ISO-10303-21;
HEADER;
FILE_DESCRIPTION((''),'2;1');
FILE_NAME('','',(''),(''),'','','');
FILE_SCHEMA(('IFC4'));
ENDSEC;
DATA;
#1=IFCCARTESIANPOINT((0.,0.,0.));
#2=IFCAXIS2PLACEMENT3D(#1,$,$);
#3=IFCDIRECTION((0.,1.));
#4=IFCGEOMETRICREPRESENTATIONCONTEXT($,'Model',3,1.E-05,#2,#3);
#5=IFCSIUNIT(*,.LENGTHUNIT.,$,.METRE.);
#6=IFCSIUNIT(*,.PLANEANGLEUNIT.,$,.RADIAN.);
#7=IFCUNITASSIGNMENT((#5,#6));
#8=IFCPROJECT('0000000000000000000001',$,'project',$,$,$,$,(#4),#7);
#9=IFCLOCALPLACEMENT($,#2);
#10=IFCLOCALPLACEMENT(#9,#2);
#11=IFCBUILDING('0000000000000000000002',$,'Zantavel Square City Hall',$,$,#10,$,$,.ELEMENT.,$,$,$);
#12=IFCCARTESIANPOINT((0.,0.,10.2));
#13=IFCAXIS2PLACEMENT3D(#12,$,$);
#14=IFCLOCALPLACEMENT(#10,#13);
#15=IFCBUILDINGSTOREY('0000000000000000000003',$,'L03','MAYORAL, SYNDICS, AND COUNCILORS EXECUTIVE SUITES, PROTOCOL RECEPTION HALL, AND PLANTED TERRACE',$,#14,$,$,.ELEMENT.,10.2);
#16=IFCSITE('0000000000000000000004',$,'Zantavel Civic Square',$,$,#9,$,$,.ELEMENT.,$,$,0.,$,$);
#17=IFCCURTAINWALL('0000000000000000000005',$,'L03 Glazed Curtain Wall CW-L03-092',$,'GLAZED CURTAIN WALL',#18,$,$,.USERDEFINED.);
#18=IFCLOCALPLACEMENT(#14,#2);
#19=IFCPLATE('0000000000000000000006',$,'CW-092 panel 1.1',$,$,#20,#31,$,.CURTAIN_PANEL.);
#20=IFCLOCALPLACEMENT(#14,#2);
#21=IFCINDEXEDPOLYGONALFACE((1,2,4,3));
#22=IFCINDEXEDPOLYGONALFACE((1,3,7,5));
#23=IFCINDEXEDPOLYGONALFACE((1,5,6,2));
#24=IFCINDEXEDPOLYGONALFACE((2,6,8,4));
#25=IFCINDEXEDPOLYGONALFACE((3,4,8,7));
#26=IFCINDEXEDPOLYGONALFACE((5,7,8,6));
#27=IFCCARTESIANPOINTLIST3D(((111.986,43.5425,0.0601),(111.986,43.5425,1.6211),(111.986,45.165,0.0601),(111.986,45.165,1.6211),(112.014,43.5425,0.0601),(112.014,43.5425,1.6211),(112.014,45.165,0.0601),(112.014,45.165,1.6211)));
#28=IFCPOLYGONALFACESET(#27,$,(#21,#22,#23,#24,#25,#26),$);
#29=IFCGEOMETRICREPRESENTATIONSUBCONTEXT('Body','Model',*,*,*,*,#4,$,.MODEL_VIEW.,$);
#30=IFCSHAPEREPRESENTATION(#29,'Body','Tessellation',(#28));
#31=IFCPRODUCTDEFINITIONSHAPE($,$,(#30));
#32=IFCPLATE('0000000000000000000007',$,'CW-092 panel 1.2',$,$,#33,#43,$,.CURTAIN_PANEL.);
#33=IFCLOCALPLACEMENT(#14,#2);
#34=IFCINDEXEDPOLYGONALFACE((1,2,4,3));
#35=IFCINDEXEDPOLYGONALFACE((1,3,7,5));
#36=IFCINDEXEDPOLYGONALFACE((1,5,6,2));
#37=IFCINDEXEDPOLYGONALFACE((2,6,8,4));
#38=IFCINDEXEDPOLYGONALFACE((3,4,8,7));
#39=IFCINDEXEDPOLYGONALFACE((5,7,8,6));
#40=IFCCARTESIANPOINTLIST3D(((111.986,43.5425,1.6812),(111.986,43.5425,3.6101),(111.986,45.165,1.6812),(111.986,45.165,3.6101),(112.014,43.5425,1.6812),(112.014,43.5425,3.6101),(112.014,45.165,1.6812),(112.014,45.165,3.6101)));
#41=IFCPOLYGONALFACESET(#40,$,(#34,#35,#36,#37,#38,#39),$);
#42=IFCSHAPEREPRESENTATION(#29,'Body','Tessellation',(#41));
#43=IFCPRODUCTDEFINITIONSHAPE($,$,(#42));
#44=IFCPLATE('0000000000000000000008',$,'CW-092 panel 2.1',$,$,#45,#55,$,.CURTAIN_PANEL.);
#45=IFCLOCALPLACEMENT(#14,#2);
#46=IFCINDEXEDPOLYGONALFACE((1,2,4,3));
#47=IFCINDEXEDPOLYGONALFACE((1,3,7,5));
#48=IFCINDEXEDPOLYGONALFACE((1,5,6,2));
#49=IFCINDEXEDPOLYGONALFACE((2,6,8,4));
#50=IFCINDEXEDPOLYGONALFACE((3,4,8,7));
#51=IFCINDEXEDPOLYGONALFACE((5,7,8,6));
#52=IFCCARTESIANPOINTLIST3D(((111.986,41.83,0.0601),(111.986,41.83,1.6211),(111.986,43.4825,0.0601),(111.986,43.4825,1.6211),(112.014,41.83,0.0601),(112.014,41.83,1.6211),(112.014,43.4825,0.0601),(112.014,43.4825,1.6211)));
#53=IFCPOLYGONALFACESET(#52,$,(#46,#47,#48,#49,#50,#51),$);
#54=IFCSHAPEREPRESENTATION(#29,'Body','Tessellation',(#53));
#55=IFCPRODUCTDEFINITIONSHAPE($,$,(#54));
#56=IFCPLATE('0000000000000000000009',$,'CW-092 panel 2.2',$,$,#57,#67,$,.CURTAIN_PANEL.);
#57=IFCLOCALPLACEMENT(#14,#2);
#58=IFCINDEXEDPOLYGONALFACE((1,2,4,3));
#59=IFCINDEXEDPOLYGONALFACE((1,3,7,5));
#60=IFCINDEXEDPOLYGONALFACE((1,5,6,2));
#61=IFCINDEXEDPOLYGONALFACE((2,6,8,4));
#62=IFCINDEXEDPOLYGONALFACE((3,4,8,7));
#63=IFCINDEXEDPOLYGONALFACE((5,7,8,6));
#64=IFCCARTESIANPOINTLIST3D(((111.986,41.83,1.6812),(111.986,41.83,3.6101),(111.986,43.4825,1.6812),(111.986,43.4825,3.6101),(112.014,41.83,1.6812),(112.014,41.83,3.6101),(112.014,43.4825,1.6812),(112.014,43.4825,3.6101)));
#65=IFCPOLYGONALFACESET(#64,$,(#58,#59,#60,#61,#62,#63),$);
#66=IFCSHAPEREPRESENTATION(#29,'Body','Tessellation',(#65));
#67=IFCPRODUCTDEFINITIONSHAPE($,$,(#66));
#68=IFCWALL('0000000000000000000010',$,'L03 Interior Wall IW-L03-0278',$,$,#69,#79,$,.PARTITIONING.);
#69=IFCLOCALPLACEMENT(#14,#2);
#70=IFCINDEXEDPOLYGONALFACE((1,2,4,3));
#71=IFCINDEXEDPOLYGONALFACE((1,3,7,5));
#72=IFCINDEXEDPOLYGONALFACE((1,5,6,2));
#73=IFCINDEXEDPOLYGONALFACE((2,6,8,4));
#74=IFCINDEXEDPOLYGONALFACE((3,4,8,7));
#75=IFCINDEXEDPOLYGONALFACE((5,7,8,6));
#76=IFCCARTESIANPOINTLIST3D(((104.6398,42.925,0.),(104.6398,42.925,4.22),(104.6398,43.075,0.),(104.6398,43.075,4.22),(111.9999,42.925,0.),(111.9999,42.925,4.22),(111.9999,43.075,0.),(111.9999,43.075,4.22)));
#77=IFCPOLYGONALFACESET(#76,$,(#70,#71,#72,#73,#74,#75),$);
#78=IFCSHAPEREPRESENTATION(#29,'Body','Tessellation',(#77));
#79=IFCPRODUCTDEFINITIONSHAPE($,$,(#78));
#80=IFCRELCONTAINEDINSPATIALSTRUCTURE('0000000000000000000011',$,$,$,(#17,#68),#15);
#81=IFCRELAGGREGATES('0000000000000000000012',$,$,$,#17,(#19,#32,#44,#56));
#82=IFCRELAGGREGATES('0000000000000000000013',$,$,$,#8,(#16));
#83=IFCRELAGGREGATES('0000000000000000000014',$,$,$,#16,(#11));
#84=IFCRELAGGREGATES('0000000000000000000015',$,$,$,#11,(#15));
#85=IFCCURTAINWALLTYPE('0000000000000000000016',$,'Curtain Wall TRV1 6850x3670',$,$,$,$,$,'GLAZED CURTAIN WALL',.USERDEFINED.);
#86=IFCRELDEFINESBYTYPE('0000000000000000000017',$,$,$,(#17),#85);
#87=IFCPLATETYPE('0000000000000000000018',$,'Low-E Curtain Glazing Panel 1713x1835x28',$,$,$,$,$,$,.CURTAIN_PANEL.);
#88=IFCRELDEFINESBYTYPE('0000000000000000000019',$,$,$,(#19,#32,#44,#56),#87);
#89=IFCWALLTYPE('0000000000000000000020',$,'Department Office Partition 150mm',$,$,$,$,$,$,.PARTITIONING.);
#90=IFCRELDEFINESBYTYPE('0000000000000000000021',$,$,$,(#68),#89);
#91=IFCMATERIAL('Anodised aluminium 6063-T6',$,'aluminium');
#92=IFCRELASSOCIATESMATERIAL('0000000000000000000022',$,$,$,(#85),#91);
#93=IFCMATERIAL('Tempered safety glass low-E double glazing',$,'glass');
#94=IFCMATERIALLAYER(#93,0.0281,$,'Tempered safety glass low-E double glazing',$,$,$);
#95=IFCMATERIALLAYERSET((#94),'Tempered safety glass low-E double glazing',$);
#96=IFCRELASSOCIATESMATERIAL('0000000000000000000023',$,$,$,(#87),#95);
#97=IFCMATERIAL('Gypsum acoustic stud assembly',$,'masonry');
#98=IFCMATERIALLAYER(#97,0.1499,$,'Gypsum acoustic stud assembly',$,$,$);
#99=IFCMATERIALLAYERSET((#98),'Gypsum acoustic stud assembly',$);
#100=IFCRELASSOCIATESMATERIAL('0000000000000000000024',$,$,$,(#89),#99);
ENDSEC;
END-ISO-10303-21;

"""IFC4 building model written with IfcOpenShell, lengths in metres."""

from ifc_helpers import new_model, si_unit, direction, frame, frame_2d, origin, origin_2d, place, context, subcontext, project, spatial, rectangle, extrude, material, layer, layer_set, type_object, element, aggregate, save


model = new_model("IFC4")

# Units and contexts
model_context = context("Model", 3, precision=1e-05, world=origin(), true_north=direction((0.0, 1.0)))
body_context = subcontext(model_context, "Body", "Model", "MODEL_VIEW")
ifc_project = project(units=[si_unit("LENGTHUNIT", "METRE"), si_unit("PLANEANGLEUNIT", "RADIAN")], contexts=[model_context])

# Site, building, storey
site_placement = place(None, origin())
site = spatial("IfcSite", under=ifc_project, at=site_placement, Name="Zantavel Civic Square", CompositionType="ELEMENT", RefElevation=0.0)
building_placement = place(site_placement, origin())
building = spatial("IfcBuilding", under=site, at=building_placement, Name="Zantavel Square City Hall", CompositionType="ELEMENT")
storey_placement = place(building_placement, frame((0.0, 0.0, 10.2)))
storey = spatial("IfcBuildingStorey", under=building, at=storey_placement, Name="L03", Description="MAYORAL, SYNDICS, AND COUNCILORS EXECUTIVE SUITES, PROTOCOL RECEPTION HALL, AND PLANTED TERRACE", CompositionType="ELEMENT", Elevation=10.2)

# Curtain wall
ifc_material_1 = material(Name="Anodised aluminium 6063-T6", Category="aluminium")
curtain_wall_type = type_object("IfcCurtainWallType", Name="Curtain Wall TRV1 6850x3670", ElementType="GLAZED CURTAIN WALL", PredefinedType="USERDEFINED", material=ifc_material_1)
curtain_wall_placement = place(storey_placement, origin())
curtain_wall = element("IfcCurtainWall", 1, at=curtain_wall_placement, inside=storey, type_object=curtain_wall_type, Name="L03 Glazed Curtain Wall CW-L03-092", ObjectType="GLAZED CURTAIN WALL", PredefinedType="USERDEFINED")

# Plates
ifc_material_2 = material(Name="Tempered safety glass low-E double glazing", Category="glass")
ifc_layer_1 = layer(ifc_material_2, 0.0281, Name="Tempered safety glass low-E double glazing")
ifc_layer_set_1 = layer_set([ifc_layer_1], Name="Tempered safety glass low-E double glazing")
plate_type_1 = type_object("IfcPlateType", Name="Low-E Curtain Glazing Panel 1713x1835x28", PredefinedType="CURTAIN_PANEL", material=ifc_layer_set_1)
plate_1_placement = place(storey_placement, frame((112.0, 44.3538, 0.0601), z_axis=(0.0, 0.0, 1.0), x_axis=(0.0, -1.0, 0.0)))
plate_1 = element("IfcPlate", 2, at=plate_1_placement, type_object=plate_type_1, Name="CW-092 panel 1.1", PredefinedType="CURTAIN_PANEL", context=body_context, shape_type="SweptSolid", body=[
    extrude(rectangle(XDim=1.6226, YDim=0.0281, at=origin_2d()), origin(), (0.0, 0.0, 1.0), 1.561),
])
plate_2_placement = place(storey_placement, frame((112.0, 44.3538, 1.6812), z_axis=(0.0, 0.0, 1.0), x_axis=(0.0, -1.0, 0.0)))
plate_2 = element("IfcPlate", 3, at=plate_2_placement, type_object=plate_type_1, Name="CW-092 panel 1.2", PredefinedType="CURTAIN_PANEL", context=body_context, shape_type="SweptSolid", body=[
    extrude(rectangle(XDim=1.6226, YDim=0.0281, at=origin_2d()), origin(), (0.0, 0.0, 1.0), 1.929),
])
plate_3_placement = place(storey_placement, frame((112.0, 42.6562, 0.0601), z_axis=(0.0, 0.0, 1.0), x_axis=(0.0, -1.0, 0.0)))
plate_3 = element("IfcPlate", 4, at=plate_3_placement, type_object=plate_type_1, Name="CW-092 panel 2.1", PredefinedType="CURTAIN_PANEL", context=body_context, shape_type="SweptSolid", body=[
    extrude(rectangle(XDim=1.6526, YDim=0.0281, at=origin_2d()), origin(), (0.0, 0.0, 1.0), 1.561),
])
plate_4_placement = place(storey_placement, frame((112.0, 42.6562, 1.6812), z_axis=(0.0, 0.0, 1.0), x_axis=(0.0, -1.0, 0.0)))
plate_4 = element("IfcPlate", 5, at=plate_4_placement, type_object=plate_type_1, Name="CW-092 panel 2.2", PredefinedType="CURTAIN_PANEL", context=body_context, shape_type="SweptSolid", body=[
    extrude(rectangle(XDim=1.6526, YDim=0.0281, at=origin_2d()), origin(), (0.0, 0.0, 1.0), 1.929),
])
aggregate(curtain_wall, [plate_1, plate_2, plate_3, plate_4])

# Wall
ifc_material_3 = material(Name="Gypsum acoustic stud assembly", Category="masonry")
ifc_layer_2 = layer(ifc_material_3, 0.1499, Name="Gypsum acoustic stud assembly")
ifc_layer_set_2 = layer_set([ifc_layer_2], Name="Gypsum acoustic stud assembly")
wall_type_1 = type_object("IfcWallType", Name="Department Office Partition 150mm", PredefinedType="PARTITIONING", material=ifc_layer_set_2)
wall_1_placement = place(storey_placement, frame((112.0, 43.0, 0.0), z_axis=(0.0, 0.0, 1.0), x_axis=(-1.0, 0.0, 0.0)))
element("IfcWall", 6, at=wall_1_placement, inside=storey, type_object=wall_type_1, Name="L03 Interior Wall IW-L03-0278", PredefinedType="PARTITIONING", context=body_context, shape_type="SweptSolid", body=[
    extrude(rectangle(XDim=7.3601, YDim=0.1499, at=frame_2d((3.6802, 0.0))), origin(), (0.0, 0.0, 1.0), 4.22),
])

save(model, "model.ifc")
